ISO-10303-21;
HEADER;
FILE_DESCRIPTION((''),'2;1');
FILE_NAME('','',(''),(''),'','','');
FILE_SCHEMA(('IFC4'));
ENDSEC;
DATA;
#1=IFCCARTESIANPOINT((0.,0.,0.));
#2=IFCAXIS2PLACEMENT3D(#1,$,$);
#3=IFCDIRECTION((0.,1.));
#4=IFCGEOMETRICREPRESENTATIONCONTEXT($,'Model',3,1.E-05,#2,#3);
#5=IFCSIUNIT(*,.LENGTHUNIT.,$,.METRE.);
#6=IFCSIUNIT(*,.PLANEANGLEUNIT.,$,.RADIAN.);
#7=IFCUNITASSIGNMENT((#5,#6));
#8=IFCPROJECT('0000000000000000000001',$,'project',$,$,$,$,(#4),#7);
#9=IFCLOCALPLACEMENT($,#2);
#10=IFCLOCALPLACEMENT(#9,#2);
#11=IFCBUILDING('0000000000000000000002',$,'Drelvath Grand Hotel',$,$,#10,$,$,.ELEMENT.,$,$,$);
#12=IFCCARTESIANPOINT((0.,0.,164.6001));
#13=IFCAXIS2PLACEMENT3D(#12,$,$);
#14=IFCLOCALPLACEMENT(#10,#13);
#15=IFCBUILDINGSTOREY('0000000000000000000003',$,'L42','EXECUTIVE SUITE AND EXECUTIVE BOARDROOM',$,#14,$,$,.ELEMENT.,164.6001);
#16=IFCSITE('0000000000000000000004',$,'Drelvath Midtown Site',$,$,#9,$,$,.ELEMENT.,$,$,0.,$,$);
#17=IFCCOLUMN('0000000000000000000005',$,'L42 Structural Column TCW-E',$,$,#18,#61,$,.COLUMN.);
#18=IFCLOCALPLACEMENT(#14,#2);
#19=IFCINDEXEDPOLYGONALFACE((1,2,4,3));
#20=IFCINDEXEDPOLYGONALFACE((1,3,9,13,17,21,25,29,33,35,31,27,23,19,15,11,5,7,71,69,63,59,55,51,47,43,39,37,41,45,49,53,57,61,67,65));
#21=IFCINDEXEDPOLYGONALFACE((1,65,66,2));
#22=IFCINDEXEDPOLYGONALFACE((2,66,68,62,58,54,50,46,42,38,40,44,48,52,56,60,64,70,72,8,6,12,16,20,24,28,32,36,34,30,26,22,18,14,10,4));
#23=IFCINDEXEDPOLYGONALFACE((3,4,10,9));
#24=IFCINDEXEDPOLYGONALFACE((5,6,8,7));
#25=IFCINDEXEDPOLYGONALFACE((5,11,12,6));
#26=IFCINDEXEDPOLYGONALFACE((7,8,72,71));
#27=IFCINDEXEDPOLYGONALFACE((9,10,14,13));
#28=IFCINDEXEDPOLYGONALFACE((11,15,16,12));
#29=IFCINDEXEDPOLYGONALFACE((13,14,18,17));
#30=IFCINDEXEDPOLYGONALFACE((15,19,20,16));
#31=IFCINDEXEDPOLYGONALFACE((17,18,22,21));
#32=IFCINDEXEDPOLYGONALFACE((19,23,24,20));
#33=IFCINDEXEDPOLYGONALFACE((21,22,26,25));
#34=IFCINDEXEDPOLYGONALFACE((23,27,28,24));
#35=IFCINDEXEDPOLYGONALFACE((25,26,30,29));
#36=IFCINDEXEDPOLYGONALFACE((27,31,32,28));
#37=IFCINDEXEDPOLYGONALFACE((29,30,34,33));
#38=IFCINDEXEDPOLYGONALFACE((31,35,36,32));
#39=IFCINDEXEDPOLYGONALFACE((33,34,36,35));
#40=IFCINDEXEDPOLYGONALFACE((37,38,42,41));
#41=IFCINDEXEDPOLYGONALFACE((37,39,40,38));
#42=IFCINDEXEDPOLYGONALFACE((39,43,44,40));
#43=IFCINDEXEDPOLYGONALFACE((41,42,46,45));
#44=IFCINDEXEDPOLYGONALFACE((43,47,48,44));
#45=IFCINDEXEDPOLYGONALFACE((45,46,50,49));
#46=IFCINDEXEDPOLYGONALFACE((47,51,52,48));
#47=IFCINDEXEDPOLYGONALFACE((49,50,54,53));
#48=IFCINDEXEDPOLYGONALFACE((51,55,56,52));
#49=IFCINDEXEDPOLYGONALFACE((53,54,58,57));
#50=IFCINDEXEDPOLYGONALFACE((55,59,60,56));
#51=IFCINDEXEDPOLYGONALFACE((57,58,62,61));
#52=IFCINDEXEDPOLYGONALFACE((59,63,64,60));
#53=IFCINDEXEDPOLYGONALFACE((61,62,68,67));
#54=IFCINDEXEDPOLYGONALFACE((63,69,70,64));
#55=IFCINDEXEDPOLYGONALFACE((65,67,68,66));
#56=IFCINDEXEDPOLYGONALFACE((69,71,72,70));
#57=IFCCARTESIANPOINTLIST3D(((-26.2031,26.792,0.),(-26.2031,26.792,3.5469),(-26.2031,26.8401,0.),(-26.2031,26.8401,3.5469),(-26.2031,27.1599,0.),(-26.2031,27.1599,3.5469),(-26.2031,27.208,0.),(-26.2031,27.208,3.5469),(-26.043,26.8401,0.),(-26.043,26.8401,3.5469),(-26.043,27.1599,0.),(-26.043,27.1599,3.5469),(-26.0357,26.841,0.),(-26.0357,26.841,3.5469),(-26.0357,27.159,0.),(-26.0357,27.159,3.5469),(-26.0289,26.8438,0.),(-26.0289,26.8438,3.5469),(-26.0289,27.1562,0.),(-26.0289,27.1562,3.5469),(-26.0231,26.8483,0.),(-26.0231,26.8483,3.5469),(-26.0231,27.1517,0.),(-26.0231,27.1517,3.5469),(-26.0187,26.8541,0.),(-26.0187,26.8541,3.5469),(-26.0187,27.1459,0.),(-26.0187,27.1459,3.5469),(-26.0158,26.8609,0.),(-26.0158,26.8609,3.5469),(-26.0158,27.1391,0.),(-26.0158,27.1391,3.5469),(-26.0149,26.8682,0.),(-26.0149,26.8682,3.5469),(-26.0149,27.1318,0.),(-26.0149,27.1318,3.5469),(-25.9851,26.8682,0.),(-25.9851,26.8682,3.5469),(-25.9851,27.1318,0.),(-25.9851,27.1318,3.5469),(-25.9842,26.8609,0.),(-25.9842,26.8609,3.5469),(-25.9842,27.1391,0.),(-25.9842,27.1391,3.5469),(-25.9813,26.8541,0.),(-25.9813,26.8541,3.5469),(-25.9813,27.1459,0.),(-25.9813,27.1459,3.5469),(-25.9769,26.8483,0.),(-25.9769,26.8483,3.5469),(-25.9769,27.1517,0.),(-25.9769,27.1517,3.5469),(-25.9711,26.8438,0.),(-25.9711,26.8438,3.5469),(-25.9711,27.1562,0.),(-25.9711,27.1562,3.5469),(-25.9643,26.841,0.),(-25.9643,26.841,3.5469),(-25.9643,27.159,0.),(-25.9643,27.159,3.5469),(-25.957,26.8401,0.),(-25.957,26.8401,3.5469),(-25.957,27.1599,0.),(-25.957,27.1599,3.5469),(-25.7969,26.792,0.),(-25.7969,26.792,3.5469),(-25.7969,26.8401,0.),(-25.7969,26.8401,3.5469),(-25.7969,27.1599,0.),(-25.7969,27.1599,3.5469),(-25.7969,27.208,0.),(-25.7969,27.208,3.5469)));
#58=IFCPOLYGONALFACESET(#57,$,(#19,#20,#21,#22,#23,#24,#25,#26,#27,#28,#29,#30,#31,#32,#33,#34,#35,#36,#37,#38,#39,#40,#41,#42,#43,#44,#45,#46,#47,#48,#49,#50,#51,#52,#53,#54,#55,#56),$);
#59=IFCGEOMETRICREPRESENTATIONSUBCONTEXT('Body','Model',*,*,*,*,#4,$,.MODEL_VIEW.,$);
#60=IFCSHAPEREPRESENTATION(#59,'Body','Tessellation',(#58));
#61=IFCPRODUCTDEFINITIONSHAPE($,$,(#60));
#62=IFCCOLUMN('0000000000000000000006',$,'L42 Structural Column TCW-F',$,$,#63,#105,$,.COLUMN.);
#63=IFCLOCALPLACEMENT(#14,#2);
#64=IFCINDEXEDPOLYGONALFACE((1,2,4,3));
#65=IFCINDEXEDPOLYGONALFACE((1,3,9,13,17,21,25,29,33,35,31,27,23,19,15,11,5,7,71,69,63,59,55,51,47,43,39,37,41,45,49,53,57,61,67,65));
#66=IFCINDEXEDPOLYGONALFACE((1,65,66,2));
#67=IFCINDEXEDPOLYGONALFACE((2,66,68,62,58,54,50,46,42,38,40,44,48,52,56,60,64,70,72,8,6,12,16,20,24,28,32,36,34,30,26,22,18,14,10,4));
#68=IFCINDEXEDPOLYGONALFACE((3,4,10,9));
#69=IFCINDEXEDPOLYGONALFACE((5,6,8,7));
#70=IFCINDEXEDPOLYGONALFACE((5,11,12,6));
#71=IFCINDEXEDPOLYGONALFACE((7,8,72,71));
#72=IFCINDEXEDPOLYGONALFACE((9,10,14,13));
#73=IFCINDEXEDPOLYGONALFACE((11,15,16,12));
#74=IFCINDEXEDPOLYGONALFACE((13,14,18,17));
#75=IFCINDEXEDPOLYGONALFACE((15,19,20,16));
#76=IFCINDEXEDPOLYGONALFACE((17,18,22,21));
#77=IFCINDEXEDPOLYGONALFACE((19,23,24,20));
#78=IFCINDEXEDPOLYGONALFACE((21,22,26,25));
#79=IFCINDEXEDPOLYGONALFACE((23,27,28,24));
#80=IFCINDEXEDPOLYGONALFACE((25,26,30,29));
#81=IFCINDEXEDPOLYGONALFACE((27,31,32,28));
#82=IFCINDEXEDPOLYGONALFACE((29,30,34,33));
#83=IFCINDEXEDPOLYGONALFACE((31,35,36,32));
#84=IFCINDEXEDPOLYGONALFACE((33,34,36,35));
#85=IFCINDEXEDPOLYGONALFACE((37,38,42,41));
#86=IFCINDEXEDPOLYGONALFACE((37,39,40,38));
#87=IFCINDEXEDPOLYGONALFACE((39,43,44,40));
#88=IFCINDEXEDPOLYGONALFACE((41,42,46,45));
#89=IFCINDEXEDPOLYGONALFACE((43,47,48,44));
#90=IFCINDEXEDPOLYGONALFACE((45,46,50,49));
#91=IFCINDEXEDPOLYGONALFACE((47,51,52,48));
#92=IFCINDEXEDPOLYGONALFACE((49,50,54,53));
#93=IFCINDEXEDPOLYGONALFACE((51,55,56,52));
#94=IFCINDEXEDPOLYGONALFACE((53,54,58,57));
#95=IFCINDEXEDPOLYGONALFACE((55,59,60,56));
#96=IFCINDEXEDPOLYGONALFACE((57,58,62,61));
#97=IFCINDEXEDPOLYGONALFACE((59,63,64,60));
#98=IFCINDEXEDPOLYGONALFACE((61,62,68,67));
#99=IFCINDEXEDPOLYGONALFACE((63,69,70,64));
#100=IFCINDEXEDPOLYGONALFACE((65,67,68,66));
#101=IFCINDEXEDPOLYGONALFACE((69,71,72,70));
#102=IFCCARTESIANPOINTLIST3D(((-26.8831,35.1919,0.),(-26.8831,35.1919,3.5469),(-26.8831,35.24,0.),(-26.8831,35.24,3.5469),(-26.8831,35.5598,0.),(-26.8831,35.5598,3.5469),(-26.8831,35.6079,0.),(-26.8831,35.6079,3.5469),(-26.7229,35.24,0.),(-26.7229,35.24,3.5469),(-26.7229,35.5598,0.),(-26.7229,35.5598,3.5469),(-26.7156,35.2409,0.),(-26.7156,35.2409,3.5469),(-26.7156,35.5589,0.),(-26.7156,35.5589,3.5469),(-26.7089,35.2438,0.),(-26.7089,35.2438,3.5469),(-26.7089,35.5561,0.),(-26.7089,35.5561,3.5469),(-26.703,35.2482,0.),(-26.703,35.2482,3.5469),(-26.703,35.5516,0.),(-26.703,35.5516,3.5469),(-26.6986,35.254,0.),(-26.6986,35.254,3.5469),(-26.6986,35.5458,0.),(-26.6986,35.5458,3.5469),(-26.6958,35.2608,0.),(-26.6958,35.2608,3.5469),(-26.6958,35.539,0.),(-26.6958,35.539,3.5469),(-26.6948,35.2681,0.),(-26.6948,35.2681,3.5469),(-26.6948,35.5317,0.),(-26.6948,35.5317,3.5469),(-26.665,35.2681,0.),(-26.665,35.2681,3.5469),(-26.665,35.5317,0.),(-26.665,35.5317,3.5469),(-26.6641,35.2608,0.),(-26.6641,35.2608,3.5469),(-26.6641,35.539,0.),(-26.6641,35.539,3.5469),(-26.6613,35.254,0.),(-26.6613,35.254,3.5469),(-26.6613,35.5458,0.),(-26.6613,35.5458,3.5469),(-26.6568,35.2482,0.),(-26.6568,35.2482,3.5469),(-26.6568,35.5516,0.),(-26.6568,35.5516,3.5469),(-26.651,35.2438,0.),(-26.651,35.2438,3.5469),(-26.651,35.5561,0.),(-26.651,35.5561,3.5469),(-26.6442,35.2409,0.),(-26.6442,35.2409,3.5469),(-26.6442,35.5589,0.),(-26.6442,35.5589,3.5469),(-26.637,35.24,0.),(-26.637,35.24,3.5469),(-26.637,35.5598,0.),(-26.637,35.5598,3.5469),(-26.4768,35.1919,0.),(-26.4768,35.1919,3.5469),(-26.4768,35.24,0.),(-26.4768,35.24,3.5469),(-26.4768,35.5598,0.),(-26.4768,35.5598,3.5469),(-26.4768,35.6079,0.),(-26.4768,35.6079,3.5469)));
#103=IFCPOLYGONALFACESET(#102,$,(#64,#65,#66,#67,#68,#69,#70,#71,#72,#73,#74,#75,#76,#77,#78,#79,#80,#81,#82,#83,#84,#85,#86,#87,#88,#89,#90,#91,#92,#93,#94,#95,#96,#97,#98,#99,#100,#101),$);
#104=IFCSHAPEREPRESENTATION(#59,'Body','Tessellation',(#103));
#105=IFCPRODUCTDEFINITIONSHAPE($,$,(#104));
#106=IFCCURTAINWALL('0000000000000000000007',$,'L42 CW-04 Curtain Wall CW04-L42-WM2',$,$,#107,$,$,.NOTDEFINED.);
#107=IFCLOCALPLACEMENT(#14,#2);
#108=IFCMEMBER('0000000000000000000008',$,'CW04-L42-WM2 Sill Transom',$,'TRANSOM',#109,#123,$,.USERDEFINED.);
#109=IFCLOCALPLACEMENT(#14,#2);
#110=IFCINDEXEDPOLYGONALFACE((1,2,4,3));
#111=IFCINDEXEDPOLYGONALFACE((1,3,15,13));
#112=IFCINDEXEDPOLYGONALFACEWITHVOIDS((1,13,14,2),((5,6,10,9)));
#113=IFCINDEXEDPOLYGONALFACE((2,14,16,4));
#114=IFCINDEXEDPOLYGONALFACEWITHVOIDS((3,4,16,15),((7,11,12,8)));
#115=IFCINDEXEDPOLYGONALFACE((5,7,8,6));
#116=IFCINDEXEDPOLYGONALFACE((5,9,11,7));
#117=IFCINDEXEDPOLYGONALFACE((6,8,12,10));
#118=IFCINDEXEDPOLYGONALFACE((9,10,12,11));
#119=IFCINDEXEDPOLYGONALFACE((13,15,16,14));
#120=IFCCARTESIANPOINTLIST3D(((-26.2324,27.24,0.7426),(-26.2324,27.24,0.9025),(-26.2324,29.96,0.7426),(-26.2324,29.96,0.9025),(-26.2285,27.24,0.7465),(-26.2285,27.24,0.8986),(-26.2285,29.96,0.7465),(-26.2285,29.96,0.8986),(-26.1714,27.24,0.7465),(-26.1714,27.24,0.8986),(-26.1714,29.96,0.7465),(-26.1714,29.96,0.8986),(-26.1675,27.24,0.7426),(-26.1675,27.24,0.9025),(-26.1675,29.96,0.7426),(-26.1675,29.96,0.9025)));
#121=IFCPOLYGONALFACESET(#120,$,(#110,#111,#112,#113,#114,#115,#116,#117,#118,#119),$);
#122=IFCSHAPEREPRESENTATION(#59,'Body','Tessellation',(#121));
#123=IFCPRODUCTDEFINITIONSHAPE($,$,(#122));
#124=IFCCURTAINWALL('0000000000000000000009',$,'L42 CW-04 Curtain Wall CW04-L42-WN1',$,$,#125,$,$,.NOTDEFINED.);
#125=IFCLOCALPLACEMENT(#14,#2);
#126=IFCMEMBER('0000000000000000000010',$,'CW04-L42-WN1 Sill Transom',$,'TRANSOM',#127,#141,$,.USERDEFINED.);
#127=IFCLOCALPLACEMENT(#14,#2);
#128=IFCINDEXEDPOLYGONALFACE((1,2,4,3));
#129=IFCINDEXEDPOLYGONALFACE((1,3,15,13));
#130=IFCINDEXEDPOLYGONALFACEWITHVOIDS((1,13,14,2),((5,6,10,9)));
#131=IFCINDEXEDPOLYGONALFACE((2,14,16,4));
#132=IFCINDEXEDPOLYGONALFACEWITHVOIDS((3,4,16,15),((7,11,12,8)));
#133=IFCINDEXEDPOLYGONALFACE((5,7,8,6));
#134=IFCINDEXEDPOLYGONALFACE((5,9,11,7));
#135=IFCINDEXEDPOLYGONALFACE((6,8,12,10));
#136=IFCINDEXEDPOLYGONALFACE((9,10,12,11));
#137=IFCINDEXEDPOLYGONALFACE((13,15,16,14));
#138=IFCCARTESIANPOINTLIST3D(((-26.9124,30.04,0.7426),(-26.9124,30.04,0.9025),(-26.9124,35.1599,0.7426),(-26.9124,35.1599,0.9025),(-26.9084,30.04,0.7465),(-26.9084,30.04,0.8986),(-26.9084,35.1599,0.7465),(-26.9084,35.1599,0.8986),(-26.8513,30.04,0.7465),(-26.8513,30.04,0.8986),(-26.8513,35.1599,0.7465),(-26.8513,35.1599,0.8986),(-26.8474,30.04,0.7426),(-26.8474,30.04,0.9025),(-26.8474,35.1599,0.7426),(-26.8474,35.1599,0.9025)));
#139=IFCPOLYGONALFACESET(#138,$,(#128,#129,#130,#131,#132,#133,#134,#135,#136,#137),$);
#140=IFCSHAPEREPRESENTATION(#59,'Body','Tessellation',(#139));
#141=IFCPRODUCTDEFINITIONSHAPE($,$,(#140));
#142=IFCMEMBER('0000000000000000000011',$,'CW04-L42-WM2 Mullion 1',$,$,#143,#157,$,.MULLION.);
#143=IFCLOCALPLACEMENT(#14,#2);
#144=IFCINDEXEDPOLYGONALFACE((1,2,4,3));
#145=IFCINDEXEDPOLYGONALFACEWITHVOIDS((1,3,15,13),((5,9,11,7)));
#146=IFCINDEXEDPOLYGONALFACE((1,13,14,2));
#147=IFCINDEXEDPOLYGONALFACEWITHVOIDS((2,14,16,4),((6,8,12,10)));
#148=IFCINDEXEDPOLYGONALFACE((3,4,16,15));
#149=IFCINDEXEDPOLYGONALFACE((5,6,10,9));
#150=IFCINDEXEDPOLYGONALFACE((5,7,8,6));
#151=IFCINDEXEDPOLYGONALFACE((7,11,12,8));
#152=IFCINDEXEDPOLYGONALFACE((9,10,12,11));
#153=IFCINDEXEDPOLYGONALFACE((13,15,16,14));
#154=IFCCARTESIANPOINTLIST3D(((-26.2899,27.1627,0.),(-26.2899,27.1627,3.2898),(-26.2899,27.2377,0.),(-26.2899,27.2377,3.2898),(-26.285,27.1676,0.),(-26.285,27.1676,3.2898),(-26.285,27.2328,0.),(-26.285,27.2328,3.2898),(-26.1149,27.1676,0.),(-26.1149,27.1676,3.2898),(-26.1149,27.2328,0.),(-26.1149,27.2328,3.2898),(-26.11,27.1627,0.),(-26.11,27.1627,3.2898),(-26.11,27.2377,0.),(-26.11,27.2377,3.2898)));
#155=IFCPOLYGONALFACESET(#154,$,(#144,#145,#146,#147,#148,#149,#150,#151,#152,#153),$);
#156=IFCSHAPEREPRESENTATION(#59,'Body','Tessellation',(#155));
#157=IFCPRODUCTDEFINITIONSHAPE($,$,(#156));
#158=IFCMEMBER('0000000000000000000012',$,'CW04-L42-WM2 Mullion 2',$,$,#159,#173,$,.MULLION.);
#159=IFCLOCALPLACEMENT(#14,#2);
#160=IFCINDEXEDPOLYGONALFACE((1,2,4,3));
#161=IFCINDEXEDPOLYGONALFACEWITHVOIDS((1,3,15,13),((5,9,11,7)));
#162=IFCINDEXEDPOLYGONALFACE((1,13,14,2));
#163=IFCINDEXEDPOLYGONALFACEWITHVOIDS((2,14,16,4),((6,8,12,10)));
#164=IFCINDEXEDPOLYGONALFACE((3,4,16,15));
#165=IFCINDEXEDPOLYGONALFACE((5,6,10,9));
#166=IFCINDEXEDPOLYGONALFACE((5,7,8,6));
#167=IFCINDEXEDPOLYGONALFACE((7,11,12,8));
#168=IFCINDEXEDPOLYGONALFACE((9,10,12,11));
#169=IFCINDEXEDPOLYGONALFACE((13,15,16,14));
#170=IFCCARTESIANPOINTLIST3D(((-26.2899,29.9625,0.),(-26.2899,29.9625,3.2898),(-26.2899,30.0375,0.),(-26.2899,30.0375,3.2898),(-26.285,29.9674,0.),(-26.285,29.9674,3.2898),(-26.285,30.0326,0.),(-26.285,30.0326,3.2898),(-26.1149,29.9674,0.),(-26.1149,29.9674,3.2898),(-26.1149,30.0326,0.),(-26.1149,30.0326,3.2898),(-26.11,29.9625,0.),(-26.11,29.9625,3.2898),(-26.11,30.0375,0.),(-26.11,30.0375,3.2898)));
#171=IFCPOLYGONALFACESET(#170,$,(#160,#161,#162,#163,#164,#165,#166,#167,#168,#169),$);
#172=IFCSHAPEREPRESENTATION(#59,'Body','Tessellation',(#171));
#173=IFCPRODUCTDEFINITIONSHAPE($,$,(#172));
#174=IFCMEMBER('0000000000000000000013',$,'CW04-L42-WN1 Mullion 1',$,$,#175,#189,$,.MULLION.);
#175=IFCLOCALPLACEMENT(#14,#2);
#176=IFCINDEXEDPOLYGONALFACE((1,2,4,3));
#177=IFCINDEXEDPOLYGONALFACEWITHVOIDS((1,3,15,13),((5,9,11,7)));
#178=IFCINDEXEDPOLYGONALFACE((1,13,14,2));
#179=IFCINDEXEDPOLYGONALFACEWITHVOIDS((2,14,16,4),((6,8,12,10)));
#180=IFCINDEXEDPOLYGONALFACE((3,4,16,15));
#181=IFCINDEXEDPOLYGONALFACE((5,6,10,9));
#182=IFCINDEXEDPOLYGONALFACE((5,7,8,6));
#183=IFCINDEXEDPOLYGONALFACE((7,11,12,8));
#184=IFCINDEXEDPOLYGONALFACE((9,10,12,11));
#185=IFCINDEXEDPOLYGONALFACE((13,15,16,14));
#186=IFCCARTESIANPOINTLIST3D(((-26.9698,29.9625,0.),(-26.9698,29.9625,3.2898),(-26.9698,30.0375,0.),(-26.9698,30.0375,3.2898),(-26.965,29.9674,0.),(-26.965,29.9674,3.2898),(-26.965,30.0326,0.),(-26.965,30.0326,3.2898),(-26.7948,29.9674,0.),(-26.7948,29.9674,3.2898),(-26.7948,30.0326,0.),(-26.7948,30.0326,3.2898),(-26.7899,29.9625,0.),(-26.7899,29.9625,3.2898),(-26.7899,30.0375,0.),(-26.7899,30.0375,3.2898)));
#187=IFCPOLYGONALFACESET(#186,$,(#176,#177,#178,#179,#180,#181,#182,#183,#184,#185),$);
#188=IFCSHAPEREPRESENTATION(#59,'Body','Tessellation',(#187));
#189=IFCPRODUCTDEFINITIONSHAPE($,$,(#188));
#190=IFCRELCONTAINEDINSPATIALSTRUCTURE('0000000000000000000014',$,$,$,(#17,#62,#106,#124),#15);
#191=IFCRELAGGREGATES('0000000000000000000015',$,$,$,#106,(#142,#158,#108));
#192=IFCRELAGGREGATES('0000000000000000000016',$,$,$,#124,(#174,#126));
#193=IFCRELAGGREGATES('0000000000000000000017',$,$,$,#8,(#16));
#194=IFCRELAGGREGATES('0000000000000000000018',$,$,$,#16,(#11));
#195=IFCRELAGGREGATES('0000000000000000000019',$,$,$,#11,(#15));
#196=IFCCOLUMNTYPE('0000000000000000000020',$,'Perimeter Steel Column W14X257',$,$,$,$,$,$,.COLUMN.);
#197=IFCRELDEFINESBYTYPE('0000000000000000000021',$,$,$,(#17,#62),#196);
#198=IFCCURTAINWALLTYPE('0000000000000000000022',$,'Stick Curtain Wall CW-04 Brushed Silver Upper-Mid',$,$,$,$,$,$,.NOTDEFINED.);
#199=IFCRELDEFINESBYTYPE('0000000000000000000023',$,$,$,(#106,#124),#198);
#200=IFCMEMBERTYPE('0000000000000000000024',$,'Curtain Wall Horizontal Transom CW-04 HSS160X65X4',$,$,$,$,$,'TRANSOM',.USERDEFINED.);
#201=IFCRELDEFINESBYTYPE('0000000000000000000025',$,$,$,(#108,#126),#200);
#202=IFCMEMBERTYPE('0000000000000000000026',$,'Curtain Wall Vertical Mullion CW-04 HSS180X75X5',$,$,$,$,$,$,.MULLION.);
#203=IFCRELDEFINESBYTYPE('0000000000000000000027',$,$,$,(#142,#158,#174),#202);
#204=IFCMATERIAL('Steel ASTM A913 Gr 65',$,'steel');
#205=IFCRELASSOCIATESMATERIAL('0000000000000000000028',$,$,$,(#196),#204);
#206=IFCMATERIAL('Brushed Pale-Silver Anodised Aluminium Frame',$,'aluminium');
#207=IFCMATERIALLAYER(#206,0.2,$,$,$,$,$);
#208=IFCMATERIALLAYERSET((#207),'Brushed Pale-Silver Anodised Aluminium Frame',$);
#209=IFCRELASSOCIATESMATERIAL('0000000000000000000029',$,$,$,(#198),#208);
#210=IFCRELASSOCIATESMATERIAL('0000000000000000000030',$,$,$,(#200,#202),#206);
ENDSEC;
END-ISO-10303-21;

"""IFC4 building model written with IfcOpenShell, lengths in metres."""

from ifc_helpers import new_model, si_unit, direction, frame, origin, origin_2d, place, context, subcontext, project, spatial, hollow_rectangle, i_section, extrude, material, layer, layer_set, material_profile, profile_set, type_object, element, aggregate, save


model = new_model("IFC4")

# Units and contexts
model_context = context("Model", 3, precision=1e-05, world=origin(), true_north=direction((0.0, 1.0)))
body_context = subcontext(model_context, "Body", "Model", "MODEL_VIEW")
ifc_project = project(units=[si_unit("LENGTHUNIT", "METRE"), si_unit("PLANEANGLEUNIT", "RADIAN")], contexts=[model_context])

# Site, building, storey
site_placement = place(None, origin())
site = spatial("IfcSite", under=ifc_project, at=site_placement, Name="Drelvath Midtown Site", CompositionType="ELEMENT", RefElevation=0.0)
building_placement = place(site_placement, origin())
building = spatial("IfcBuilding", under=site, at=building_placement, Name="Drelvath Grand Hotel", CompositionType="ELEMENT")
storey_placement = place(building_placement, frame((0.0, 0.0, 164.6001)))
storey = spatial("IfcBuildingStorey", under=building, at=storey_placement, Name="L42", Description="EXECUTIVE SUITE AND EXECUTIVE BOARDROOM", CompositionType="ELEMENT", Elevation=164.6001)

# Columns
ifc_material_1 = material(Name="Steel ASTM A913 Gr 65", Category="steel")
ifc_material_profile_1 = material_profile(ifc_material_1, i_section(OverallWidth=0.4062, OverallDepth=0.416, WebThickness=0.0298, FlangeThickness=0.0481, FilletRadius=0.0281, at=origin_2d()), Name="W14X257")
ifc_profile_set_1 = profile_set([ifc_material_profile_1], Name="Steel ASTM A913 Gr 65")
column_type = type_object("IfcColumnType", Name="Perimeter Steel Column W14X257", PredefinedType="COLUMN", material=ifc_profile_set_1)
for number, where, z_axis, x_axis, name in (
    (1, (-26.0, 27.0, 0.0), (0.0, 0.0, 1.0), (1.0, 0.0, 0.0), "L42 Structural Column TCW-E"),
    (2, (-26.6799, 35.3999, 0.0), (0.0, 0.0, 1.0), (1.0, 0.0, 0.0), "L42 Structural Column TCW-F"),
):
    element("IfcColumn", number, at=place(storey_placement, frame(where, z_axis=z_axis, x_axis=x_axis)), inside=storey, type_object=column_type, Name=name, PredefinedType="COLUMN", context=body_context, shape_type="SweptSolid", body=[
        extrude(i_section(OverallWidth=0.4062, OverallDepth=0.416, WebThickness=0.0298, FlangeThickness=0.0481, FilletRadius=0.0281, at=origin_2d()), origin(), (0.0, 0.0, 1.0), 3.5469),
    ])

# Curtain walls, members
ifc_material_2 = material(Name="Brushed Pale-Silver Anodised Aluminium Frame", Category="aluminium")
ifc_layer_1 = layer(ifc_material_2, 0.2)
ifc_layer_set_1 = layer_set([ifc_layer_1], Name="Brushed Pale-Silver Anodised Aluminium Frame")
curtain_wall_type = type_object("IfcCurtainWallType", Name="Stick Curtain Wall CW-04 Brushed Silver Upper-Mid", PredefinedType="NOTDEFINED", material=ifc_layer_set_1)
curtain_wall_1_placement = place(storey_placement, origin())
curtain_wall_1 = element("IfcCurtainWall", 3, at=curtain_wall_1_placement, inside=storey, type_object=curtain_wall_type, Name="L42 CW-04 Curtain Wall CW04-L42-WM2", PredefinedType="NOTDEFINED")
ifc_material_profile_2 = material_profile(ifc_material_2, hollow_rectangle(XDim=0.0649, YDim=0.1599, WallThickness=0.0039, at=origin_2d()), Name="HSS160X65X4")
ifc_profile_set_2 = profile_set([ifc_material_profile_2], Name="Brushed Pale-Silver Anodised Aluminium Frame")
member_type_1 = type_object("IfcMemberType", Name="Curtain Wall Horizontal Transom CW-04 HSS160X65X4", ElementType="TRANSOM", PredefinedType="USERDEFINED", material=ifc_profile_set_2)
member_1_placement = place(storey_placement, frame((-26.2, 27.24, 0.8225), z_axis=(0.0, 1.0, 0.0), x_axis=(-1.0, 0.0, 0.0)))
member_1 = element("IfcMember", 4, at=member_1_placement, type_object=member_type_1, Name="CW04-L42-WM2 Sill Transom", ObjectType="TRANSOM", PredefinedType="USERDEFINED", context=body_context, shape_type="SweptSolid", body=[
    extrude(hollow_rectangle(XDim=0.0649, YDim=0.1599, WallThickness=0.0039, at=origin_2d()), origin(), (0.0, 0.0, 1.0), 2.72),
])
curtain_wall_2_placement = place(storey_placement, origin())
curtain_wall_2 = element("IfcCurtainWall", 5, at=curtain_wall_2_placement, inside=storey, type_object=curtain_wall_type, Name="L42 CW-04 Curtain Wall CW04-L42-WN1", PredefinedType="NOTDEFINED")
member_2_placement = place(storey_placement, frame((-26.8799, 30.04, 0.8225), z_axis=(0.0, 1.0, 0.0), x_axis=(-1.0, 0.0, 0.0)))
member_2 = element("IfcMember", 6, at=member_2_placement, type_object=member_type_1, Name="CW04-L42-WN1 Sill Transom", ObjectType="TRANSOM", PredefinedType="USERDEFINED", context=body_context, shape_type="SweptSolid", body=[
    extrude(hollow_rectangle(XDim=0.0649, YDim=0.1599, WallThickness=0.0039, at=origin_2d()), origin(), (0.0, 0.0, 1.0), 5.1199),
])

# Members
ifc_material_profile_3 = material_profile(ifc_material_2, hollow_rectangle(XDim=0.075, YDim=0.1799, WallThickness=0.0049, at=origin_2d()), Name="HSS180X75X5")
ifc_profile_set_3 = profile_set([ifc_material_profile_3], Name="Brushed Pale-Silver Anodised Aluminium Frame")
member_type_2 = type_object("IfcMemberType", Name="Curtain Wall Vertical Mullion CW-04 HSS180X75X5", PredefinedType="MULLION", material=ifc_profile_set_3)
member_3_placement = place(storey_placement, frame((-26.2, 27.2002, 0.0), z_axis=(0.0, 0.0, 1.0), x_axis=(0.0, 1.0, 0.0)))
member_3 = element("IfcMember", 7, at=member_3_placement, type_object=member_type_2, Name="CW04-L42-WM2 Mullion 1", PredefinedType="MULLION", context=body_context, shape_type="SweptSolid", body=[
    extrude(hollow_rectangle(XDim=0.075, YDim=0.1799, WallThickness=0.0049, at=origin_2d()), origin(), (0.0, 0.0, 1.0), 3.2898),
])
member_4_placement = place(storey_placement, frame((-26.2, 30.0, 0.0), z_axis=(0.0, 0.0, 1.0), x_axis=(0.0, 1.0, 0.0)))
member_4 = element("IfcMember", 8, at=member_4_placement, type_object=member_type_2, Name="CW04-L42-WM2 Mullion 2", PredefinedType="MULLION", context=body_context, shape_type="SweptSolid", body=[
    extrude(hollow_rectangle(XDim=0.075, YDim=0.1799, WallThickness=0.0049, at=origin_2d()), origin(), (0.0, 0.0, 1.0), 3.2898),
])
member_5_placement = place(storey_placement, frame((-26.8799, 30.0, 0.0), z_axis=(0.0, 0.0, 1.0), x_axis=(0.0, 1.0, 0.0)))
member_5 = element("IfcMember", 9, at=member_5_placement, type_object=member_type_2, Name="CW04-L42-WN1 Mullion 1", PredefinedType="MULLION", context=body_context, shape_type="SweptSolid", body=[
    extrude(hollow_rectangle(XDim=0.075, YDim=0.1799, WallThickness=0.0049, at=origin_2d()), origin(), (0.0, 0.0, 1.0), 3.2898),
])

aggregate(curtain_wall_1, [member_3, member_4, member_1])
aggregate(curtain_wall_2, [member_5, member_2])

save(model, "model.ifc")
